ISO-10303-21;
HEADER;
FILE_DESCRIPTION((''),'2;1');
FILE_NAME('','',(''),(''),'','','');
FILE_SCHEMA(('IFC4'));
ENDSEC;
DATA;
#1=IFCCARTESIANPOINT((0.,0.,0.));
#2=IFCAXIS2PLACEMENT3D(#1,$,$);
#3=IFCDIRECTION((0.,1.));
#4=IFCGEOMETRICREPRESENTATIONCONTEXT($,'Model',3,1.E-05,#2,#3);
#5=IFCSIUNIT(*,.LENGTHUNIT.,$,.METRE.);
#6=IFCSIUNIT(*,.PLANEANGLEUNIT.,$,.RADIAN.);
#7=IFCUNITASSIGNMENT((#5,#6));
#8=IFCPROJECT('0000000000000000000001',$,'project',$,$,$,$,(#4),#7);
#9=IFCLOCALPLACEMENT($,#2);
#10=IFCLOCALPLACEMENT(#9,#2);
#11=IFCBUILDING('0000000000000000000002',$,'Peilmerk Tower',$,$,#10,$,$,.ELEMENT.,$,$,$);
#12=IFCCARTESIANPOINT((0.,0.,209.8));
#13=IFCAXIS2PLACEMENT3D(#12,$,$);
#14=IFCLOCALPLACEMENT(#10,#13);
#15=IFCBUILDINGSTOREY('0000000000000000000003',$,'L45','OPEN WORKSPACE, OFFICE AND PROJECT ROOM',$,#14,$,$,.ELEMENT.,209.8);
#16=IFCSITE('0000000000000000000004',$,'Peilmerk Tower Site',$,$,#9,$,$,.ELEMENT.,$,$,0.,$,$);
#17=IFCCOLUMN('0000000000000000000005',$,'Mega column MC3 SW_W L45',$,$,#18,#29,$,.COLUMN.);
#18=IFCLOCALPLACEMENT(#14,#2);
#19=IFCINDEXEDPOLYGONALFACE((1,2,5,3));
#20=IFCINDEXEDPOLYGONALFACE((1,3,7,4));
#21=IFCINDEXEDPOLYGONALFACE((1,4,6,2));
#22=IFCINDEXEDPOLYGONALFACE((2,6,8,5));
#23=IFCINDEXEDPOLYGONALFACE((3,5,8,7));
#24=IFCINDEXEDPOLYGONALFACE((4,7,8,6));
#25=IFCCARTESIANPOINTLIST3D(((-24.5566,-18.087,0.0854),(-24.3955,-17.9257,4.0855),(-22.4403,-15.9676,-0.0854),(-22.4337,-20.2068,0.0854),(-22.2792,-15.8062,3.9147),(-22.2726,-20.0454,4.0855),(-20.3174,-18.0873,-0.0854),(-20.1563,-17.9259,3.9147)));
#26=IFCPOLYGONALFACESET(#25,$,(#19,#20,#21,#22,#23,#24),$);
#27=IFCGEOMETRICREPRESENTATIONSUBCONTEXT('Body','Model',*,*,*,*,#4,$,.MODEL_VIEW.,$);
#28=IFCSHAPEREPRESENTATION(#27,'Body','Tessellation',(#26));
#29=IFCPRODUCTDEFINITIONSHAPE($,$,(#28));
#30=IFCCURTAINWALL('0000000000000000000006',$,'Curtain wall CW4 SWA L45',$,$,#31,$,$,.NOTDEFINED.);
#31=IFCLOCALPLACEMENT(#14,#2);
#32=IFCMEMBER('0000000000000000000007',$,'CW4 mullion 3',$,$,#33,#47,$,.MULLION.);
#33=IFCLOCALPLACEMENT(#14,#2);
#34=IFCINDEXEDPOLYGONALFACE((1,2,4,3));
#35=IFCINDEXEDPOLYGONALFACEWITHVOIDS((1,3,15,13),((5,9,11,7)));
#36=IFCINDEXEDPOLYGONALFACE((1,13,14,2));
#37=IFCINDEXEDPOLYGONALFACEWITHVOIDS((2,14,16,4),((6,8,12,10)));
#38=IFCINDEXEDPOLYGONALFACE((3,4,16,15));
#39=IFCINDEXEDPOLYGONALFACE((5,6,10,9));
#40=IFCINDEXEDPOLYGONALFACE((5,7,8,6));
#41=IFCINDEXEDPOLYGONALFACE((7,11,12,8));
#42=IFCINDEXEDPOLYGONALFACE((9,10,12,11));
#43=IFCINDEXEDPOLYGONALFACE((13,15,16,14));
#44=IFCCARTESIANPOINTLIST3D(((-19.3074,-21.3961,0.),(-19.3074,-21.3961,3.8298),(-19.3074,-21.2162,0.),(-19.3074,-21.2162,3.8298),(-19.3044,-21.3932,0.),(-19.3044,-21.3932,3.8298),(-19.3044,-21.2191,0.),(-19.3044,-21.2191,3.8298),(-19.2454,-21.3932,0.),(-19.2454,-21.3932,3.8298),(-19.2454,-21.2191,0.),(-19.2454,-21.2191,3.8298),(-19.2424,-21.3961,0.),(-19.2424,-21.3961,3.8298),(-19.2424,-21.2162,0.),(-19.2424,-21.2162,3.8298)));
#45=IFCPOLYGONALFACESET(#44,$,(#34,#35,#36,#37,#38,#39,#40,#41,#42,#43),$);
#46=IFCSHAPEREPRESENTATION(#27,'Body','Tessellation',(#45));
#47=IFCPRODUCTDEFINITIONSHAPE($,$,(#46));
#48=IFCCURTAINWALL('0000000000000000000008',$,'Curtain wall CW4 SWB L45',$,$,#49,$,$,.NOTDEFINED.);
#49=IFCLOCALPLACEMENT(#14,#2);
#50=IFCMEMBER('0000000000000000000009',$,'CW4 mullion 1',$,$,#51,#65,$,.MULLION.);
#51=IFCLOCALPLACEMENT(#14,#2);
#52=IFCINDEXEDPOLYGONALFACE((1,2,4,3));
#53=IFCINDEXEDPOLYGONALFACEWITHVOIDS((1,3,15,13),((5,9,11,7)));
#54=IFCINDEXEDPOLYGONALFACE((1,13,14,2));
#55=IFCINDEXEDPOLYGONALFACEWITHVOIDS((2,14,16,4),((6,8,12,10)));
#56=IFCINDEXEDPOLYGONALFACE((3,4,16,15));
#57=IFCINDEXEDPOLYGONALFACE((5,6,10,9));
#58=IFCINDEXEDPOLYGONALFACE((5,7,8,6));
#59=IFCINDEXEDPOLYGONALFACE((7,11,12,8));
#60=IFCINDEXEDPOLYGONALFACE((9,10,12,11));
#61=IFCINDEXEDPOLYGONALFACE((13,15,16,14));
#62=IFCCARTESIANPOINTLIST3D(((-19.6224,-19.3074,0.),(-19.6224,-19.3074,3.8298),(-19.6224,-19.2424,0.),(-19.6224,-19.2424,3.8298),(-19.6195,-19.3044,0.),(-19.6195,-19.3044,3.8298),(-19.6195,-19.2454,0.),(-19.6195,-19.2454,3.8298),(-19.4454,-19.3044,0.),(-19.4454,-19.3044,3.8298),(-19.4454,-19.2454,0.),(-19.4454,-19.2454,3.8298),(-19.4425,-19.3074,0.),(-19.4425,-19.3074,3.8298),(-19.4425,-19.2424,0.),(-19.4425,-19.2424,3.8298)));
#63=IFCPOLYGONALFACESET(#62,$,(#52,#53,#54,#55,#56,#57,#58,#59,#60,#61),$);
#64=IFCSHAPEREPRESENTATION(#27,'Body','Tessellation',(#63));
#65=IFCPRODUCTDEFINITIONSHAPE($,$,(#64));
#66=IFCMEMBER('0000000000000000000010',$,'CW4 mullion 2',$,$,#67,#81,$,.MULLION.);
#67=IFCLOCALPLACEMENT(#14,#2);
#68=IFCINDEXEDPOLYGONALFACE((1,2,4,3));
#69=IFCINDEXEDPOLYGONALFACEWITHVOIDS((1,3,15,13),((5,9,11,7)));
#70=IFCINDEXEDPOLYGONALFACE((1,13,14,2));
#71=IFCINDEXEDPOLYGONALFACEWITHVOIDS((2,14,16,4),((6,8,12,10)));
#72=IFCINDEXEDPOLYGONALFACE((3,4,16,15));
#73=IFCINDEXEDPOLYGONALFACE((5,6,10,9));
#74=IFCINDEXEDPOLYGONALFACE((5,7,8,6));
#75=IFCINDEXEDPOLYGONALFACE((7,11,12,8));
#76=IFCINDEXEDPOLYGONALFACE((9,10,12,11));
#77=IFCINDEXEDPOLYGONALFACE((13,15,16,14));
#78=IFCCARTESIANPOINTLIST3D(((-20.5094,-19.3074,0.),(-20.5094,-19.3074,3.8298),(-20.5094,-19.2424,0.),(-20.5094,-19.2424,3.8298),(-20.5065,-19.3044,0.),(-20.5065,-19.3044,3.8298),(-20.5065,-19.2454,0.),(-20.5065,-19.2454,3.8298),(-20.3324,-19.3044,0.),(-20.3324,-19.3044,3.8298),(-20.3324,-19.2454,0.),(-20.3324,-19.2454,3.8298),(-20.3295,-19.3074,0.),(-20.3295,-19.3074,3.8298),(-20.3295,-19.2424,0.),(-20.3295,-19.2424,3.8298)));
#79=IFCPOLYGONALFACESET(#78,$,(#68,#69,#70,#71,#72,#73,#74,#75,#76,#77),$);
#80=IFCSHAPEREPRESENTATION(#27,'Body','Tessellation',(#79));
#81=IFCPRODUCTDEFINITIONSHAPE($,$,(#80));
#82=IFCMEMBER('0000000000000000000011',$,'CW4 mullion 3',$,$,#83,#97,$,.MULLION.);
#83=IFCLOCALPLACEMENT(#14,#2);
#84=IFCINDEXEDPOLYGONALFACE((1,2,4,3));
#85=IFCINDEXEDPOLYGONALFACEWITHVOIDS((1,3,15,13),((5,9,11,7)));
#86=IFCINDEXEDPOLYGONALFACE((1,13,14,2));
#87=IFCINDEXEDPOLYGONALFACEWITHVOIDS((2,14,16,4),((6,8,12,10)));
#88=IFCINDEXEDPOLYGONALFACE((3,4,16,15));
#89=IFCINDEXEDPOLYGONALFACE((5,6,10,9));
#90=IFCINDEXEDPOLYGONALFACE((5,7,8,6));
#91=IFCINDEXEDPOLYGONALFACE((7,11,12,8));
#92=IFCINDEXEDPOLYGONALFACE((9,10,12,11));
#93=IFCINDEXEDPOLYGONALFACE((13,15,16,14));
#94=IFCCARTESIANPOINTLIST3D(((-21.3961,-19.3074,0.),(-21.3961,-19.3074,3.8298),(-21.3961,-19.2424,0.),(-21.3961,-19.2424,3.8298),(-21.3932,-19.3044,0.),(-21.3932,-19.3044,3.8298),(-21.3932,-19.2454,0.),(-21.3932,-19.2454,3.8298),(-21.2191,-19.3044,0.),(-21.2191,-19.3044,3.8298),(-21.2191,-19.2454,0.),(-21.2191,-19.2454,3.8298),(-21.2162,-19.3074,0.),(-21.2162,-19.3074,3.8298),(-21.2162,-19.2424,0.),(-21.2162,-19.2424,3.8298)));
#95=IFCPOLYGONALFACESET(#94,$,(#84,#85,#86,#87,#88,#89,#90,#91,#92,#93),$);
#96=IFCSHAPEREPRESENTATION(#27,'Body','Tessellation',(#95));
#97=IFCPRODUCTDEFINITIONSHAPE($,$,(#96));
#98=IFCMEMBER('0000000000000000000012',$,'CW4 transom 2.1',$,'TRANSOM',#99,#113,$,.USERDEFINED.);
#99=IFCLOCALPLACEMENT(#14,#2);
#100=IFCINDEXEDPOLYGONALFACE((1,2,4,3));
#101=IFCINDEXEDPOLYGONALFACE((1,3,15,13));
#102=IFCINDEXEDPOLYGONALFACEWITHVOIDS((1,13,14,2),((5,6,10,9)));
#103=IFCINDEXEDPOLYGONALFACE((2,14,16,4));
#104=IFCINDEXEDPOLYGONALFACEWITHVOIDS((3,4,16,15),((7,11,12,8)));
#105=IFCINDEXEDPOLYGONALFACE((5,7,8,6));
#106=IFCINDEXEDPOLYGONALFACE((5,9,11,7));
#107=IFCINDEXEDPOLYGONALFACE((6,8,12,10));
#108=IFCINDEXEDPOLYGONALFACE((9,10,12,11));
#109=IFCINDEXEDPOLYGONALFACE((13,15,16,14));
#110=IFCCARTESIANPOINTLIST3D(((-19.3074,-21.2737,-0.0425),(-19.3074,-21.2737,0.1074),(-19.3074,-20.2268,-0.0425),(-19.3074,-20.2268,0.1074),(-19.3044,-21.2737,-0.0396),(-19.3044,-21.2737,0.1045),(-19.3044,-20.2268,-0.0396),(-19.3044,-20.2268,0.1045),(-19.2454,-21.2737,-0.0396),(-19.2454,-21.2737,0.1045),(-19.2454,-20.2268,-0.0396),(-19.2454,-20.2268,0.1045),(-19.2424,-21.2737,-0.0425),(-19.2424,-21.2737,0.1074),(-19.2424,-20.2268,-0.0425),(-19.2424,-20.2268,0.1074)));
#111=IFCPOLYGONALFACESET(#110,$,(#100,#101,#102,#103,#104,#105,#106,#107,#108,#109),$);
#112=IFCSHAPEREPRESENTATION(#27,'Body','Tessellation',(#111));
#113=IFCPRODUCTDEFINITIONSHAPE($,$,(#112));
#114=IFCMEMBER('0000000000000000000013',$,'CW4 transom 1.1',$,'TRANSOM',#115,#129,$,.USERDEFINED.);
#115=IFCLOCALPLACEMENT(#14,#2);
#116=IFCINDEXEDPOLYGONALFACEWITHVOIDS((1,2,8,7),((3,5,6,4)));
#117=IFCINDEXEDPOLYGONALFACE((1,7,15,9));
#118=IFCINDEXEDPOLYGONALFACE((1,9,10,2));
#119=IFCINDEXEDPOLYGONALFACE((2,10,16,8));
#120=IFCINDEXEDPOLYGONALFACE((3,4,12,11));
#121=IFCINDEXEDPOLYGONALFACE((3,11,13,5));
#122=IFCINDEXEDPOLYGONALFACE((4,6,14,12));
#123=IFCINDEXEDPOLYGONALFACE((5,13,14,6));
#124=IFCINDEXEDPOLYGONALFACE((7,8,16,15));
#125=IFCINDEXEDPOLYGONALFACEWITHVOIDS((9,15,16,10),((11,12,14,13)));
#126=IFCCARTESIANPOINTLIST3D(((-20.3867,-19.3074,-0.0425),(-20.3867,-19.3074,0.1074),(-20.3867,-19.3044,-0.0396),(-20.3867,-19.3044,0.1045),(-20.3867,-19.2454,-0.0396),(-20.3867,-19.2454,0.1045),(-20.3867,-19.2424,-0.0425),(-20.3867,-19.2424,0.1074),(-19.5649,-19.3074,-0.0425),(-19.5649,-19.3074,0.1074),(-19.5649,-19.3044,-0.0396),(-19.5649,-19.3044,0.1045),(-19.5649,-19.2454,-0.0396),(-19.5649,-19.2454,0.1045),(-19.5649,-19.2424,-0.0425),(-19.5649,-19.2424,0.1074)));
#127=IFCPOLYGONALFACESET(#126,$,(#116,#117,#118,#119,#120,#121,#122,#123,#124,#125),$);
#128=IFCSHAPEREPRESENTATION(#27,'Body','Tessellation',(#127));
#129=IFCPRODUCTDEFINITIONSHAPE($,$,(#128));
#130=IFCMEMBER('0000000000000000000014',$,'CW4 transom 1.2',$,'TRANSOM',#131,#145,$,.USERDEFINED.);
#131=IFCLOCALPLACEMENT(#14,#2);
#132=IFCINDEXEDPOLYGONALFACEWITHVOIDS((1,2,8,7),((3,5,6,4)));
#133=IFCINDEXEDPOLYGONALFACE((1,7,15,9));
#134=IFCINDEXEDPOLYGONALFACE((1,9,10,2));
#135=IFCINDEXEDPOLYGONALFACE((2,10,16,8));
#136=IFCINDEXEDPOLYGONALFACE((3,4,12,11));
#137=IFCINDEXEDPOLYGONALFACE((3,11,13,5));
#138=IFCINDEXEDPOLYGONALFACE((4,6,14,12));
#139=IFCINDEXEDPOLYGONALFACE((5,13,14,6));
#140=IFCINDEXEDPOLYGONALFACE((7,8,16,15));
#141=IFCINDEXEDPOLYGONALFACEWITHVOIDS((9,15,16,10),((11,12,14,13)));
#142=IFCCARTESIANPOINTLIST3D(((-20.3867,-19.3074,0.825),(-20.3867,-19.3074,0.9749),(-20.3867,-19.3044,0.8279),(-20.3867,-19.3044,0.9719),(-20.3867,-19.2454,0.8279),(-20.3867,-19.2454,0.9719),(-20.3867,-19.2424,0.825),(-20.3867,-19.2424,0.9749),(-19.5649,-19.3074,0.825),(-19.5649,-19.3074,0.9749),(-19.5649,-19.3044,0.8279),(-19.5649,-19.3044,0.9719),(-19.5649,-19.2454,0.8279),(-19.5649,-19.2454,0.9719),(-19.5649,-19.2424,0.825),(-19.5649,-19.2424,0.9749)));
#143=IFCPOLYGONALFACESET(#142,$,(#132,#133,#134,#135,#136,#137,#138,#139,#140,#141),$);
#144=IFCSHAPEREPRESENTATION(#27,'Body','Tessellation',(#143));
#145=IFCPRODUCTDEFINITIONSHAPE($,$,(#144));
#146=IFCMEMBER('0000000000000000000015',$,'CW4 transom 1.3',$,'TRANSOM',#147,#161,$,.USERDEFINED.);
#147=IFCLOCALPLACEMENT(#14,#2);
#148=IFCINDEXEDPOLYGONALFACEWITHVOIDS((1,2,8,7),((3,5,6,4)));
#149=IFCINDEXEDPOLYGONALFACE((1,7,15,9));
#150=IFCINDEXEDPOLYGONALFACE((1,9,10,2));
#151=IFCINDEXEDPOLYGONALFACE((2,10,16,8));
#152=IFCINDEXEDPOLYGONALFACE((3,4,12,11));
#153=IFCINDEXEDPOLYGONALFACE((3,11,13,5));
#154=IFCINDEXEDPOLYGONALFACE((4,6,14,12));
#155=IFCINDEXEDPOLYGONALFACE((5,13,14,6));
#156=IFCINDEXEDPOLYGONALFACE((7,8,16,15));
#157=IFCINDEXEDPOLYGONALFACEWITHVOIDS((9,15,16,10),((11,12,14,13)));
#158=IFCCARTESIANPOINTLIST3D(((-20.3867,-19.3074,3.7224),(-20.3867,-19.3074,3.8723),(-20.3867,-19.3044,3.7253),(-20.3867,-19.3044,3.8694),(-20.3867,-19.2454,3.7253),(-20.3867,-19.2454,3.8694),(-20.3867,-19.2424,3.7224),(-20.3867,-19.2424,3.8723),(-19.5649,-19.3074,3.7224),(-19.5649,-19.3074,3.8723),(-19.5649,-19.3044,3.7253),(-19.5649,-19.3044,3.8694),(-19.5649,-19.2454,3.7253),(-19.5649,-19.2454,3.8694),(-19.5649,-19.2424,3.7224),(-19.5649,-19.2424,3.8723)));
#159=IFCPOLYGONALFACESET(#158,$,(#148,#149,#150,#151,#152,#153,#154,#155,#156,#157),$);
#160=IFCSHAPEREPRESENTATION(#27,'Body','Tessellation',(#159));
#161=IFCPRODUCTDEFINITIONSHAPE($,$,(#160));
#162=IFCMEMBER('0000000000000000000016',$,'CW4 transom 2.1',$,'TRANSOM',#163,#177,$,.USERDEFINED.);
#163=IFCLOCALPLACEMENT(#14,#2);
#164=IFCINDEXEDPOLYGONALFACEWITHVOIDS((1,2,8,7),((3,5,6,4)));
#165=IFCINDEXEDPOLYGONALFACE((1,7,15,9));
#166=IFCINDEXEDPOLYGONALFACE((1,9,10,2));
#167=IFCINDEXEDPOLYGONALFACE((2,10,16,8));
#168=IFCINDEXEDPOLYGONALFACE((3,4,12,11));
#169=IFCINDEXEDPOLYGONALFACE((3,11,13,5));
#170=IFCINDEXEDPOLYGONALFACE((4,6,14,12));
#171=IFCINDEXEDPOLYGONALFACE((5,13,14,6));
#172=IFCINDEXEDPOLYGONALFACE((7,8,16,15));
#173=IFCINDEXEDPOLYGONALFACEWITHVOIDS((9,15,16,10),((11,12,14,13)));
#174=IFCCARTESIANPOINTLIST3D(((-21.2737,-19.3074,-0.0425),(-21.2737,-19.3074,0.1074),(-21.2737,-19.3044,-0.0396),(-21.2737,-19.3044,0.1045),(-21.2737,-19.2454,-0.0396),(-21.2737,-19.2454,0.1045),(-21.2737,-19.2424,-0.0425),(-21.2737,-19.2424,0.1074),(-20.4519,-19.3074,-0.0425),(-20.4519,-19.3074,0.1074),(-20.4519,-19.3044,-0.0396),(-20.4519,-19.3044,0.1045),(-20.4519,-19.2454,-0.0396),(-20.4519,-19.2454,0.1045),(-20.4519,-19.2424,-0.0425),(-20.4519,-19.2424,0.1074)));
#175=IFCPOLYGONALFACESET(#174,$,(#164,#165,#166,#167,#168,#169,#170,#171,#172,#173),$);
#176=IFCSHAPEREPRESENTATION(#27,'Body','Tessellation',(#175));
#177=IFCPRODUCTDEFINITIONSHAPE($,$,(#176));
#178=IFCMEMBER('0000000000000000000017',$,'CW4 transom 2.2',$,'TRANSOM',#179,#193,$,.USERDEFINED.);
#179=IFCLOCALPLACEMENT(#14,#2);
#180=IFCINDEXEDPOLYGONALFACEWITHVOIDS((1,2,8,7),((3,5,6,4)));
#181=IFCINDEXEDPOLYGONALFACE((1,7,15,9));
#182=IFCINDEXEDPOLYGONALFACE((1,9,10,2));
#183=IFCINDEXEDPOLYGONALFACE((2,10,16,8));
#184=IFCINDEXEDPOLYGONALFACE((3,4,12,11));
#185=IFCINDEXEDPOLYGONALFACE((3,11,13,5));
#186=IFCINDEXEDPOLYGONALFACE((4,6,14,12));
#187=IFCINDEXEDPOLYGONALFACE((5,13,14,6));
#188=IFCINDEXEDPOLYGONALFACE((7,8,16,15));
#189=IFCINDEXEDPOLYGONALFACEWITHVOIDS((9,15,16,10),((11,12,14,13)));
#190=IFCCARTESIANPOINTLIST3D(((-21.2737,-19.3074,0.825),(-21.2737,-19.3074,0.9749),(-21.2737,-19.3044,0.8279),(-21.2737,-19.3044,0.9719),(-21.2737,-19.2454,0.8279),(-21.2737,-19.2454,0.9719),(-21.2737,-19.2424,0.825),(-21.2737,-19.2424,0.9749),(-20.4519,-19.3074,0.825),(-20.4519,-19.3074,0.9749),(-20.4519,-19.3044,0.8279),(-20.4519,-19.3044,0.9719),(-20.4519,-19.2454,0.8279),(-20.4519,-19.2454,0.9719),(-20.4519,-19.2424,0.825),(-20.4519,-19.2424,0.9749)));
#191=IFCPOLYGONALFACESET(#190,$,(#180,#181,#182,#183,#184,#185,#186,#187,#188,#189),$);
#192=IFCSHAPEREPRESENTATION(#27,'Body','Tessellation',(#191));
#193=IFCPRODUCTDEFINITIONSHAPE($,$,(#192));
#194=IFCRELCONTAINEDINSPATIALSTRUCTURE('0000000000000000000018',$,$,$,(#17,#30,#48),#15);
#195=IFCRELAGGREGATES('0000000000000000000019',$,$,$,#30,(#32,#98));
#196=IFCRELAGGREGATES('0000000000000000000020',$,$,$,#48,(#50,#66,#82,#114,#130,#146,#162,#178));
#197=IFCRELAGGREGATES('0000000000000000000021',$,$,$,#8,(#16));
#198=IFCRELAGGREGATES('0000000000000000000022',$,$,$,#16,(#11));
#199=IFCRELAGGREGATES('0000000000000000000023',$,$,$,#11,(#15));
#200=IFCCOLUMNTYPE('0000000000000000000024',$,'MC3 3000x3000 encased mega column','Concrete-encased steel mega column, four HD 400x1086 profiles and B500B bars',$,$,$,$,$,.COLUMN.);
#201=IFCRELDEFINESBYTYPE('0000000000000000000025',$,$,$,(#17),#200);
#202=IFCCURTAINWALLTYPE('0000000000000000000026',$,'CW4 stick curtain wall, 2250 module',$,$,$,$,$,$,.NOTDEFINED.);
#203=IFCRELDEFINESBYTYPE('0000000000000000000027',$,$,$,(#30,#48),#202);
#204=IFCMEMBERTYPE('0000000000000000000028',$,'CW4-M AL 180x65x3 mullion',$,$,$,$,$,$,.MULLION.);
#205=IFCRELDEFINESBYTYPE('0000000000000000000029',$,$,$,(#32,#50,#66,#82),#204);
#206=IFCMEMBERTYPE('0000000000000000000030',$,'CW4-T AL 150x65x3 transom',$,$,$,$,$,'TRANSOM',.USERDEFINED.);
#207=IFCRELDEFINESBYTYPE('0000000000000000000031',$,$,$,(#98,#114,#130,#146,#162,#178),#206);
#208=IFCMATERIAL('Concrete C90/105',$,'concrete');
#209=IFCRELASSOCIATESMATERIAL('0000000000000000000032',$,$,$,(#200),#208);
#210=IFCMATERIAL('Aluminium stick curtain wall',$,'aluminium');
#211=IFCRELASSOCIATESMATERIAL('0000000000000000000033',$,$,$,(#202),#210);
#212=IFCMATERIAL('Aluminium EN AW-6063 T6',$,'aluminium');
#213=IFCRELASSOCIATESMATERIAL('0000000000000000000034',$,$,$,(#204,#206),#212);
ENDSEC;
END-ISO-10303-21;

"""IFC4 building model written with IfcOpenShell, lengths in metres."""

from ifc_helpers import new_model, si_unit, direction, frame, origin, origin_2d, place, context, subcontext, project, spatial, rectangle, hollow_rectangle, extrude, material, material_profile, profile_set, type_object, element, aggregate, save


model = new_model("IFC4")

# Units and contexts
model_context = context("Model", 3, precision=1e-05, world=origin(), true_north=direction((0.0, 1.0)))
body_context = subcontext(model_context, "Body", "Model", "MODEL_VIEW")
ifc_project = project(units=[si_unit("LENGTHUNIT", "METRE"), si_unit("PLANEANGLEUNIT", "RADIAN")], contexts=[model_context])

# Site, building, storey
site_placement = place(None, origin())
site = spatial("IfcSite", under=ifc_project, at=site_placement, Name="Peilmerk Tower Site", CompositionType="ELEMENT", RefElevation=0.0)
building_placement = place(site_placement, origin())
building = spatial("IfcBuilding", under=site, at=building_placement, Name="Peilmerk Tower", CompositionType="ELEMENT")
storey_placement = place(building_placement, frame((0.0, 0.0, 209.8)))
storey = spatial("IfcBuildingStorey", under=building, at=storey_placement, Name="L45", Description="OPEN WORKSPACE, OFFICE AND PROJECT ROOM", CompositionType="ELEMENT", Elevation=209.8)

# Column
ifc_material_1 = material(Name="Concrete C90/105", Category="concrete")
ifc_material_profile_1 = material_profile(ifc_material_1, rectangle(XDim=3.0, YDim=3.0, at=origin_2d()), Name="RC 3000x3000")
ifc_profile_set_1 = profile_set([ifc_material_profile_1], Name="Concrete C90/105")
column_type = type_object("IfcColumnType", Name="MC3 3000x3000 encased mega column", Description="Concrete-encased steel mega column, four HD 400x1086 profiles and B500B bars", PredefinedType="COLUMN", material=ifc_profile_set_1)
column_placement = place(storey_placement, frame((-22.437, -18.0872, 0.0), z_axis=(0.040218, 0.040279, 0.998379), x_axis=(-0.707642, 0.706571, 0.0)))
element("IfcColumn", 1, at=column_placement, inside=storey, type_object=column_type, Name="Mega column MC3 SW_W L45", PredefinedType="COLUMN", context=body_context, shape_type="SweptSolid", body=[
    extrude(rectangle(XDim=3.0, YDim=3.0, at=origin_2d()), origin(), (0.0, 0.0, 1.0), 4.0066),
])

# Curtain wall, member
ifc_material_2 = material(Name="Aluminium stick curtain wall", Category="aluminium")
curtain_wall_type = type_object("IfcCurtainWallType", Name="CW4 stick curtain wall, 2250 module", PredefinedType="NOTDEFINED", material=ifc_material_2)
curtain_wall_1_placement = place(storey_placement, origin())
curtain_wall_1 = element("IfcCurtainWall", 2, at=curtain_wall_1_placement, inside=storey, type_object=curtain_wall_type, Name="Curtain wall CW4 SWA L45", PredefinedType="NOTDEFINED")
ifc_material_3 = material(Name="Aluminium EN AW-6063 T6", Category="aluminium")
ifc_material_profile_2 = material_profile(ifc_material_3, hollow_rectangle(XDim=0.0649, YDim=0.1799, WallThickness=0.0029, at=origin_2d()), Name="AL 180x65x3")
ifc_profile_set_2 = profile_set([ifc_material_profile_2], Name="Aluminium EN AW-6063 T6")
member_type_1 = type_object("IfcMemberType", Name="CW4-M AL 180x65x3 mullion", PredefinedType="MULLION", material=ifc_profile_set_2)
member_1_placement = place(storey_placement, frame((-19.2749, -21.3062, 0.0), z_axis=(0.0, 0.0, 1.0), x_axis=(1.0, 0.0, 0.0)))
member_1 = element("IfcMember", 3, at=member_1_placement, type_object=member_type_1, Name="CW4 mullion 3", PredefinedType="MULLION", context=body_context, shape_type="SweptSolid", body=[
    extrude(hollow_rectangle(XDim=0.0649, YDim=0.1799, WallThickness=0.0029, at=origin_2d()), origin(), (0.0, 0.0, 1.0), 3.8298),
])

# Curtain wall, members
curtain_wall_2_placement = place(storey_placement, origin())
curtain_wall_2 = element("IfcCurtainWall", 4, at=curtain_wall_2_placement, inside=storey, type_object=curtain_wall_type, Name="Curtain wall CW4 SWB L45", PredefinedType="NOTDEFINED")
member_2_placement = place(storey_placement, frame((-19.5325, -19.2749, 0.0), z_axis=(0.0, 0.0, 1.0), x_axis=(0.0, -1.0, 0.0)))
member_2 = element("IfcMember", 5, at=member_2_placement, type_object=member_type_1, Name="CW4 mullion 1", PredefinedType="MULLION", context=body_context, shape_type="SweptSolid", body=[
    extrude(hollow_rectangle(XDim=0.0649, YDim=0.1799, WallThickness=0.0029, at=origin_2d()), origin(), (0.0, 0.0, 1.0), 3.8298),
])
member_3_placement = place(storey_placement, frame((-20.4194, -19.2749, 0.0), z_axis=(0.0, 0.0, 1.0), x_axis=(0.0, -1.0, 0.0)))
member_3 = element("IfcMember", 6, at=member_3_placement, type_object=member_type_1, Name="CW4 mullion 2", PredefinedType="MULLION", context=body_context, shape_type="SweptSolid", body=[
    extrude(hollow_rectangle(XDim=0.0649, YDim=0.1799, WallThickness=0.0029, at=origin_2d()), origin(), (0.0, 0.0, 1.0), 3.8298),
])
member_4_placement = place(storey_placement, frame((-21.3062, -19.2749, 0.0), z_axis=(0.0, 0.0, 1.0), x_axis=(0.0, -1.0, 0.0)))
member_4 = element("IfcMember", 7, at=member_4_placement, type_object=member_type_1, Name="CW4 mullion 3", PredefinedType="MULLION", context=body_context, shape_type="SweptSolid", body=[
    extrude(hollow_rectangle(XDim=0.0649, YDim=0.1799, WallThickness=0.0029, at=origin_2d()), origin(), (0.0, 0.0, 1.0), 3.8298),
])

# Members
ifc_material_profile_3 = material_profile(ifc_material_3, hollow_rectangle(XDim=0.0649, YDim=0.1499, WallThickness=0.0029, at=origin_2d()), Name="AL 150x65x3")
ifc_profile_set_3 = profile_set([ifc_material_profile_3], Name="Aluminium EN AW-6063 T6")
member_type_2 = type_object("IfcMemberType", Name="CW4-T AL 150x65x3 transom", ElementType="TRANSOM", PredefinedType="USERDEFINED", material=ifc_profile_set_3)
member_5_placement = place(storey_placement, frame((-19.2749, -20.2268, 0.0325), z_axis=(0.0, -1.0, 0.0), x_axis=(1.0, 0.0, 0.0)))
member_5 = element("IfcMember", 8, at=member_5_placement, type_object=member_type_2, Name="CW4 transom 2.1", ObjectType="TRANSOM", PredefinedType="USERDEFINED", context=body_context, shape_type="SweptSolid", body=[
    extrude(hollow_rectangle(XDim=0.0649, YDim=0.1499, WallThickness=0.0029, at=origin_2d()), origin(), (0.0, 0.0, 1.0), 1.0469),
])
member_6_placement = place(storey_placement, frame((-19.5649, -19.2749, 0.0325), z_axis=(-1.0, 0.0, 0.0), x_axis=(0.0, -1.0, 0.0)))
member_6 = element("IfcMember", 9, at=member_6_placement, type_object=member_type_2, Name="CW4 transom 1.1", ObjectType="TRANSOM", PredefinedType="USERDEFINED", context=body_context, shape_type="SweptSolid", body=[
    extrude(hollow_rectangle(XDim=0.0649, YDim=0.1499, WallThickness=0.0029, at=origin_2d()), origin(), (0.0, 0.0, 1.0), 0.8218),
])
member_7_placement = place(storey_placement, frame((-19.5649, -19.2749, 0.8999), z_axis=(-1.0, 0.0, 0.0), x_axis=(0.0, -1.0, 0.0)))
member_7 = element("IfcMember", 10, at=member_7_placement, type_object=member_type_2, Name="CW4 transom 1.2", ObjectType="TRANSOM", PredefinedType="USERDEFINED", context=body_context, shape_type="SweptSolid", body=[
    extrude(hollow_rectangle(XDim=0.0649, YDim=0.1499, WallThickness=0.0029, at=origin_2d()), origin(), (0.0, 0.0, 1.0), 0.8218),
])
member_8_placement = place(storey_placement, frame((-19.5649, -19.2749, 3.7974), z_axis=(-1.0, 0.0, 0.0), x_axis=(0.0, -1.0, 0.0)))
member_8 = element("IfcMember", 11, at=member_8_placement, type_object=member_type_2, Name="CW4 transom 1.3", ObjectType="TRANSOM", PredefinedType="USERDEFINED", context=body_context, shape_type="SweptSolid", body=[
    extrude(hollow_rectangle(XDim=0.0649, YDim=0.1499, WallThickness=0.0029, at=origin_2d()), origin(), (0.0, 0.0, 1.0), 0.8218),
])
member_9_placement = place(storey_placement, frame((-20.4519, -19.2749, 0.0325), z_axis=(-1.0, 0.0, 0.0), x_axis=(0.0, -1.0, 0.0)))
member_9 = element("IfcMember", 12, at=member_9_placement, type_object=member_type_2, Name="CW4 transom 2.1", ObjectType="TRANSOM", PredefinedType="USERDEFINED", context=body_context, shape_type="SweptSolid", body=[
    extrude(hollow_rectangle(XDim=0.0649, YDim=0.1499, WallThickness=0.0029, at=origin_2d()), origin(), (0.0, 0.0, 1.0), 0.8218),
])
member_10_placement = place(storey_placement, frame((-20.4519, -19.2749, 0.8999), z_axis=(-1.0, 0.0, 0.0), x_axis=(0.0, -1.0, 0.0)))
member_10 = element("IfcMember", 13, at=member_10_placement, type_object=member_type_2, Name="CW4 transom 2.2", ObjectType="TRANSOM", PredefinedType="USERDEFINED", context=body_context, shape_type="SweptSolid", body=[
    extrude(hollow_rectangle(XDim=0.0649, YDim=0.1499, WallThickness=0.0029, at=origin_2d()), origin(), (0.0, 0.0, 1.0), 0.8218),
])

aggregate(curtain_wall_1, [member_1, member_5])
aggregate(curtain_wall_2, [member_2, member_3, member_4, member_6, member_7, member_8, member_9, member_10])

save(model, "model.ifc")
